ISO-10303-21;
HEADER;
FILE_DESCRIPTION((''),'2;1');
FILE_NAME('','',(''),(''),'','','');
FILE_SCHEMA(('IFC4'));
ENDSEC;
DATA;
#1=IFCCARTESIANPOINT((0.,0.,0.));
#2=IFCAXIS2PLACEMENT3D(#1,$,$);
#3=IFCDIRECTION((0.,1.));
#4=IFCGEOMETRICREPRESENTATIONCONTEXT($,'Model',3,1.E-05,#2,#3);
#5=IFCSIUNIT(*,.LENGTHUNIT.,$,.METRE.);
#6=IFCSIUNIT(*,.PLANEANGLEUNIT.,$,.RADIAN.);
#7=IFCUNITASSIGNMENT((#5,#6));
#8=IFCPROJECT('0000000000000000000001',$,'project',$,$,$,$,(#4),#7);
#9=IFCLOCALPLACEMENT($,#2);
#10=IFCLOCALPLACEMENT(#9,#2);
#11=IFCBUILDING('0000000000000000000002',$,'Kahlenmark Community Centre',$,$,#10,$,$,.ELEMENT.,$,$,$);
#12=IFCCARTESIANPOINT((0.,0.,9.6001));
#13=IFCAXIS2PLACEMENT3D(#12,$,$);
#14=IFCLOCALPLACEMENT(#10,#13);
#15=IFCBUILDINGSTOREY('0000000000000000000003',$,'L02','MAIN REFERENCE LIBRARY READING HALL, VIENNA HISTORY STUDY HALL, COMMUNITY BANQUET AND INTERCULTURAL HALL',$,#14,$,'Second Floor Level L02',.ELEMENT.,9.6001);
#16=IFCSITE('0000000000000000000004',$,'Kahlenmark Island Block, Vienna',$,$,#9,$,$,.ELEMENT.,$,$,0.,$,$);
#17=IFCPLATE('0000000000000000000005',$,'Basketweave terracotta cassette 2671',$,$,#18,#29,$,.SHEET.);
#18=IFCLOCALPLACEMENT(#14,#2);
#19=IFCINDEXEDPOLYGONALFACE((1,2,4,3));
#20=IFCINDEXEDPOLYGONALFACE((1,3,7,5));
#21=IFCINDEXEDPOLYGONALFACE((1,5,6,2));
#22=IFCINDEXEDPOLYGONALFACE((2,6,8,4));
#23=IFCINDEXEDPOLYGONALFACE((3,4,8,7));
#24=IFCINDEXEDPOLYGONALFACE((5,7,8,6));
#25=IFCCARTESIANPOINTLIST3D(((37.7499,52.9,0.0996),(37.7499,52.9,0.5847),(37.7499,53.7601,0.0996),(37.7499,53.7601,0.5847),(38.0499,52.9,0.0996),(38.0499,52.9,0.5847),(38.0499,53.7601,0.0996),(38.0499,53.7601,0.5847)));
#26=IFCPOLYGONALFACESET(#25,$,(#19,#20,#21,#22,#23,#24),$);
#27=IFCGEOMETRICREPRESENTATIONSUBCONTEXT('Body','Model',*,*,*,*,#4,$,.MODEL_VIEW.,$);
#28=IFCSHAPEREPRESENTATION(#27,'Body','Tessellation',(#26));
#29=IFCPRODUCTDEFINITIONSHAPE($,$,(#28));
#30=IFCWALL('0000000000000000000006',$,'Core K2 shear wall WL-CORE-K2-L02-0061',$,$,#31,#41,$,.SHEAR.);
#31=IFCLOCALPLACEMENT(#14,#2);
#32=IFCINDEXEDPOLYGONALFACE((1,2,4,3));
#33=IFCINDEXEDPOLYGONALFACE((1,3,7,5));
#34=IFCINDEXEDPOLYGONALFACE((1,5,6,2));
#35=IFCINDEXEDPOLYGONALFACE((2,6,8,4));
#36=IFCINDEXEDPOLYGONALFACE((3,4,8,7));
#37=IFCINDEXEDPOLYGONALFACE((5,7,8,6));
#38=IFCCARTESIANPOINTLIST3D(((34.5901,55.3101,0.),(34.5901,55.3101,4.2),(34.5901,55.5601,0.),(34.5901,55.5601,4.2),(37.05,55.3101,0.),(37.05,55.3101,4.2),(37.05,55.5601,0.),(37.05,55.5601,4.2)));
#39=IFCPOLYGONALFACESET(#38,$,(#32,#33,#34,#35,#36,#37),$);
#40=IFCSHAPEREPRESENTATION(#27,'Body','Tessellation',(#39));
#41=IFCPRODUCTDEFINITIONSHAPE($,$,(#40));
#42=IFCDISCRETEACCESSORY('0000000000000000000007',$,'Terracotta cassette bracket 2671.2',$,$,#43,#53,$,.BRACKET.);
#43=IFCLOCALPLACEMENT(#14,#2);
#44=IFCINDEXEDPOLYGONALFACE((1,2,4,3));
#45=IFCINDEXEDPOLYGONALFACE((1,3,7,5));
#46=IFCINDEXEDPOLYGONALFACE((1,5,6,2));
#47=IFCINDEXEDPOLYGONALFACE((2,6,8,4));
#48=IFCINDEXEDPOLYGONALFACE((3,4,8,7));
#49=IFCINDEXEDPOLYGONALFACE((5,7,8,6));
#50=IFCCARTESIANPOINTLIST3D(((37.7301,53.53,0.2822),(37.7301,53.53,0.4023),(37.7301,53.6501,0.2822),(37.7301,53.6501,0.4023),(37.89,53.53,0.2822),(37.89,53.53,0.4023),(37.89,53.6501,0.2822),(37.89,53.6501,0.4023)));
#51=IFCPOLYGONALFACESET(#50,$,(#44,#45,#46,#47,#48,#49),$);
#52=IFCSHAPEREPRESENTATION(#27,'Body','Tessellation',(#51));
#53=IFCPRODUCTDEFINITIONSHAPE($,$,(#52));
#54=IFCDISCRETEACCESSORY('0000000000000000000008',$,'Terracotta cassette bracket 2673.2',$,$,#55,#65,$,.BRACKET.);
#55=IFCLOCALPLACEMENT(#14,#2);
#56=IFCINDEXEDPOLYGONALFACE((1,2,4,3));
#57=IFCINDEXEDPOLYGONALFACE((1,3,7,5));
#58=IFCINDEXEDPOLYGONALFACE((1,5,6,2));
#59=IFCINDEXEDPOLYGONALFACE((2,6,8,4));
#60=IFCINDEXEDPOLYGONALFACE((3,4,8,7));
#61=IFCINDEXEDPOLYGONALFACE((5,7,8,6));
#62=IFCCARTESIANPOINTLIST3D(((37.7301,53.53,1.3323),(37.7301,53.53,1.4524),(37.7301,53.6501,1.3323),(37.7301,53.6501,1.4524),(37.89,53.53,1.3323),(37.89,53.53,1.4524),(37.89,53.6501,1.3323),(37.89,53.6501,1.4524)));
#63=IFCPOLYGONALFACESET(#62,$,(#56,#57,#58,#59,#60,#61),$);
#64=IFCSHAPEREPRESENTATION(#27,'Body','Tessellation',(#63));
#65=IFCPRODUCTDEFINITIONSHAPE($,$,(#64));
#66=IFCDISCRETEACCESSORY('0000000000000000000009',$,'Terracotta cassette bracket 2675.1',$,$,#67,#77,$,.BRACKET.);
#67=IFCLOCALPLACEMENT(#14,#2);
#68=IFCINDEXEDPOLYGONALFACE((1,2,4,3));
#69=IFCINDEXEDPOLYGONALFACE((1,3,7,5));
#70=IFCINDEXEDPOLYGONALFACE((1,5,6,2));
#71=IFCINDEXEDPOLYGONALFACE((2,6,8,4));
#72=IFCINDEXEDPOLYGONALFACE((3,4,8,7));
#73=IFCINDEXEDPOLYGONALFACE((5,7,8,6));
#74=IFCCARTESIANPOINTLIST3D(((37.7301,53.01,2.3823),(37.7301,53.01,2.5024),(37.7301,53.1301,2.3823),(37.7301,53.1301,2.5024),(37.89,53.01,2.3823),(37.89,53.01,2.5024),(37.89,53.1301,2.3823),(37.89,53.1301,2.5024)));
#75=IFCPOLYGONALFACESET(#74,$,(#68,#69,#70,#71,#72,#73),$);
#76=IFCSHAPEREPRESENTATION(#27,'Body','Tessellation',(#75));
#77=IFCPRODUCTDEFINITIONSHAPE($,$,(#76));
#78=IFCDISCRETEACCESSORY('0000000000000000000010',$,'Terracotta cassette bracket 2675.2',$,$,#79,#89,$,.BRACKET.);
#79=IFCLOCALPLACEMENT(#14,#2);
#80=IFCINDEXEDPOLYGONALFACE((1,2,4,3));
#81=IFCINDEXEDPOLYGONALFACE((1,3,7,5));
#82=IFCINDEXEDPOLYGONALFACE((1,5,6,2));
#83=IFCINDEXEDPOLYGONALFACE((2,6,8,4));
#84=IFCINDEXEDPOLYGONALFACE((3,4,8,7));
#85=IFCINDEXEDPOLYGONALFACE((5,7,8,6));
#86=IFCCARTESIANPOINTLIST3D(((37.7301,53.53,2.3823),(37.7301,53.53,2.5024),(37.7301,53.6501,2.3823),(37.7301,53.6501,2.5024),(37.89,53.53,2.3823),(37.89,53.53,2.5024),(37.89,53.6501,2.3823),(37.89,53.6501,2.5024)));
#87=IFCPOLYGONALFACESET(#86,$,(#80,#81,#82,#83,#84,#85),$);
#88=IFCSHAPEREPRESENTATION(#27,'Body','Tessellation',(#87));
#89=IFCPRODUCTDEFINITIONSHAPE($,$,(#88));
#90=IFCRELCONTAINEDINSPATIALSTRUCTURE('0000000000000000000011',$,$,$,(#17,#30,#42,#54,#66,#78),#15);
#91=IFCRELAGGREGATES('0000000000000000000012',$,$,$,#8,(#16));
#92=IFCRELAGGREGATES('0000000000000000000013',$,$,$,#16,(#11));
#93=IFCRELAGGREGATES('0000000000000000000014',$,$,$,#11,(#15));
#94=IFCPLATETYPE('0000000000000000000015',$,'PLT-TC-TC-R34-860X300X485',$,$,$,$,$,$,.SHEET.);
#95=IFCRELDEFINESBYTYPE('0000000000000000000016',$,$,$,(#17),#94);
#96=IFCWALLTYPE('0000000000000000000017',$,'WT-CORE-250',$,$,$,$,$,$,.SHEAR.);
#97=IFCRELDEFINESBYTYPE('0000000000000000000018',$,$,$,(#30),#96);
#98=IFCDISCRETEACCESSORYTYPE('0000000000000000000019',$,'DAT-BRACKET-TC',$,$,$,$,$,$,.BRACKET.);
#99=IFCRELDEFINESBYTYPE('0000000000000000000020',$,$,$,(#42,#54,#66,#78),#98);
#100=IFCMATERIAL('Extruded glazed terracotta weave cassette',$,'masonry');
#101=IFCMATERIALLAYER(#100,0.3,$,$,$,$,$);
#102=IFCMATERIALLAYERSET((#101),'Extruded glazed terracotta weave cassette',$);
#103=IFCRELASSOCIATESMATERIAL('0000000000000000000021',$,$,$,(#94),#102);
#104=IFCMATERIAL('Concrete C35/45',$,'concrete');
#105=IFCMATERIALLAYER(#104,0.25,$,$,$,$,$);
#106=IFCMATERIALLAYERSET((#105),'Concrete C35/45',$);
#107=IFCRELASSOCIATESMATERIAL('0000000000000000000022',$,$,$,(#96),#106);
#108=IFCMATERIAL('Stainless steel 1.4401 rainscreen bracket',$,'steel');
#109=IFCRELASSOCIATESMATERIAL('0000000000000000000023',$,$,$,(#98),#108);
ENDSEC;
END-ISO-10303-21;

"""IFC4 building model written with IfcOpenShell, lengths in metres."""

from ifc_helpers import new_model, si_unit, direction, frame, frame_2d, origin, origin_2d, place, context, subcontext, project, spatial, rectangle, extrude, material, layer, layer_set, type_object, element, save


model = new_model("IFC4")

# Units and contexts
model_context = context("Model", 3, precision=1e-05, world=origin(), true_north=direction((0.0, 1.0)))
body_context = subcontext(model_context, "Body", "Model", "MODEL_VIEW")
ifc_project = project(units=[si_unit("LENGTHUNIT", "METRE"), si_unit("PLANEANGLEUNIT", "RADIAN")], contexts=[model_context])

# Site, building, storey
site_placement = place(None, origin())
site = spatial("IfcSite", under=ifc_project, at=site_placement, Name="Kahlenmark Island Block, Vienna", CompositionType="ELEMENT", RefElevation=0.0)
building_placement = place(site_placement, origin())
building = spatial("IfcBuilding", under=site, at=building_placement, Name="Kahlenmark Community Centre", CompositionType="ELEMENT")
storey_placement = place(building_placement, frame((0.0, 0.0, 9.6001)))
storey = spatial("IfcBuildingStorey", under=building, at=storey_placement, Name="L02", Description="MAIN REFERENCE LIBRARY READING HALL, VIENNA HISTORY STUDY HALL, COMMUNITY BANQUET AND INTERCULTURAL HALL", LongName="Second Floor Level L02", CompositionType="ELEMENT", Elevation=9.6001)

# Plate
ifc_material_1 = material(Name="Extruded glazed terracotta weave cassette", Category="masonry")
ifc_layer_1 = layer(ifc_material_1, 0.3)
ifc_layer_set_1 = layer_set([ifc_layer_1], Name="Extruded glazed terracotta weave cassette")
plate_type_1 = type_object("IfcPlateType", Name="PLT-TC-TC-R34-860X300X485", PredefinedType="SHEET", material=ifc_layer_set_1)
plate_1_placement = place(storey_placement, frame((37.8999, 53.3301, 0.0996), z_axis=(0.0, 0.0, 1.0), x_axis=(0.0, 1.0, 0.0)))
element("IfcPlate", 1, at=plate_1_placement, inside=storey, type_object=plate_type_1, Name="Basketweave terracotta cassette 2671", PredefinedType="SHEET", context=body_context, shape_type="SweptSolid", body=[
    extrude(rectangle(XDim=0.8601, YDim=0.3, at=origin_2d()), origin(), (0.0, 0.0, 1.0), 0.4851),
])

# Wall
ifc_material_2 = material(Name="Concrete C35/45", Category="concrete")
ifc_layer_2 = layer(ifc_material_2, 0.25)
ifc_layer_set_2 = layer_set([ifc_layer_2], Name="Concrete C35/45")
wall_type = type_object("IfcWallType", Name="WT-CORE-250", PredefinedType="SHEAR", material=ifc_layer_set_2)
wall_placement = place(storey_placement, frame((34.5901, 55.4351, 0.0), z_axis=(0.0, 0.0, 1.0), x_axis=(1.0, 0.0, 0.0)))
element("IfcWall", 2, at=wall_placement, inside=storey, type_object=wall_type, Name="Core K2 shear wall WL-CORE-K2-L02-0061", PredefinedType="SHEAR", context=body_context, shape_type="SweptSolid", body=[
    extrude(rectangle(XDim=2.46, YDim=0.25, at=frame_2d((1.23, 0.0))), origin(), (0.0, 0.0, 1.0), 4.2),
])

# Discrete accessories
ifc_material_3 = material(Name="Stainless steel 1.4401 rainscreen bracket", Category="steel")
discrete_accessory_type = type_object("IfcDiscreteAccessoryType", Name="DAT-BRACKET-TC", PredefinedType="BRACKET", material=ifc_material_3)
for number, where, z_axis, x_axis, name in (
    (3, (37.8101, 53.5901, 0.2822), (0.0, 0.0, 1.0), (0.0, 1.0, 0.0), "Terracotta cassette bracket 2671.2"),
    (4, (37.8101, 53.5901, 1.3323), (0.0, 0.0, 1.0), (0.0, 1.0, 0.0), "Terracotta cassette bracket 2673.2"),
    (5, (37.8101, 53.0701, 2.3823), (0.0, 0.0, 1.0), (0.0, 1.0, 0.0), "Terracotta cassette bracket 2675.1"),
    (6, (37.8101, 53.5901, 2.3823), (0.0, 0.0, 1.0), (0.0, 1.0, 0.0), "Terracotta cassette bracket 2675.2"),
):
    element("IfcDiscreteAccessory", number, at=place(storey_placement, frame(where, z_axis=z_axis, x_axis=x_axis)), inside=storey, type_object=discrete_accessory_type, Name=name, PredefinedType="BRACKET", context=body_context, shape_type="SweptSolid", body=[
        extrude(rectangle(XDim=0.1201, YDim=0.1599, at=origin_2d()), origin(), (0.0, 0.0, 1.0), 0.1201),
    ])

save(model, "model.ifc")
